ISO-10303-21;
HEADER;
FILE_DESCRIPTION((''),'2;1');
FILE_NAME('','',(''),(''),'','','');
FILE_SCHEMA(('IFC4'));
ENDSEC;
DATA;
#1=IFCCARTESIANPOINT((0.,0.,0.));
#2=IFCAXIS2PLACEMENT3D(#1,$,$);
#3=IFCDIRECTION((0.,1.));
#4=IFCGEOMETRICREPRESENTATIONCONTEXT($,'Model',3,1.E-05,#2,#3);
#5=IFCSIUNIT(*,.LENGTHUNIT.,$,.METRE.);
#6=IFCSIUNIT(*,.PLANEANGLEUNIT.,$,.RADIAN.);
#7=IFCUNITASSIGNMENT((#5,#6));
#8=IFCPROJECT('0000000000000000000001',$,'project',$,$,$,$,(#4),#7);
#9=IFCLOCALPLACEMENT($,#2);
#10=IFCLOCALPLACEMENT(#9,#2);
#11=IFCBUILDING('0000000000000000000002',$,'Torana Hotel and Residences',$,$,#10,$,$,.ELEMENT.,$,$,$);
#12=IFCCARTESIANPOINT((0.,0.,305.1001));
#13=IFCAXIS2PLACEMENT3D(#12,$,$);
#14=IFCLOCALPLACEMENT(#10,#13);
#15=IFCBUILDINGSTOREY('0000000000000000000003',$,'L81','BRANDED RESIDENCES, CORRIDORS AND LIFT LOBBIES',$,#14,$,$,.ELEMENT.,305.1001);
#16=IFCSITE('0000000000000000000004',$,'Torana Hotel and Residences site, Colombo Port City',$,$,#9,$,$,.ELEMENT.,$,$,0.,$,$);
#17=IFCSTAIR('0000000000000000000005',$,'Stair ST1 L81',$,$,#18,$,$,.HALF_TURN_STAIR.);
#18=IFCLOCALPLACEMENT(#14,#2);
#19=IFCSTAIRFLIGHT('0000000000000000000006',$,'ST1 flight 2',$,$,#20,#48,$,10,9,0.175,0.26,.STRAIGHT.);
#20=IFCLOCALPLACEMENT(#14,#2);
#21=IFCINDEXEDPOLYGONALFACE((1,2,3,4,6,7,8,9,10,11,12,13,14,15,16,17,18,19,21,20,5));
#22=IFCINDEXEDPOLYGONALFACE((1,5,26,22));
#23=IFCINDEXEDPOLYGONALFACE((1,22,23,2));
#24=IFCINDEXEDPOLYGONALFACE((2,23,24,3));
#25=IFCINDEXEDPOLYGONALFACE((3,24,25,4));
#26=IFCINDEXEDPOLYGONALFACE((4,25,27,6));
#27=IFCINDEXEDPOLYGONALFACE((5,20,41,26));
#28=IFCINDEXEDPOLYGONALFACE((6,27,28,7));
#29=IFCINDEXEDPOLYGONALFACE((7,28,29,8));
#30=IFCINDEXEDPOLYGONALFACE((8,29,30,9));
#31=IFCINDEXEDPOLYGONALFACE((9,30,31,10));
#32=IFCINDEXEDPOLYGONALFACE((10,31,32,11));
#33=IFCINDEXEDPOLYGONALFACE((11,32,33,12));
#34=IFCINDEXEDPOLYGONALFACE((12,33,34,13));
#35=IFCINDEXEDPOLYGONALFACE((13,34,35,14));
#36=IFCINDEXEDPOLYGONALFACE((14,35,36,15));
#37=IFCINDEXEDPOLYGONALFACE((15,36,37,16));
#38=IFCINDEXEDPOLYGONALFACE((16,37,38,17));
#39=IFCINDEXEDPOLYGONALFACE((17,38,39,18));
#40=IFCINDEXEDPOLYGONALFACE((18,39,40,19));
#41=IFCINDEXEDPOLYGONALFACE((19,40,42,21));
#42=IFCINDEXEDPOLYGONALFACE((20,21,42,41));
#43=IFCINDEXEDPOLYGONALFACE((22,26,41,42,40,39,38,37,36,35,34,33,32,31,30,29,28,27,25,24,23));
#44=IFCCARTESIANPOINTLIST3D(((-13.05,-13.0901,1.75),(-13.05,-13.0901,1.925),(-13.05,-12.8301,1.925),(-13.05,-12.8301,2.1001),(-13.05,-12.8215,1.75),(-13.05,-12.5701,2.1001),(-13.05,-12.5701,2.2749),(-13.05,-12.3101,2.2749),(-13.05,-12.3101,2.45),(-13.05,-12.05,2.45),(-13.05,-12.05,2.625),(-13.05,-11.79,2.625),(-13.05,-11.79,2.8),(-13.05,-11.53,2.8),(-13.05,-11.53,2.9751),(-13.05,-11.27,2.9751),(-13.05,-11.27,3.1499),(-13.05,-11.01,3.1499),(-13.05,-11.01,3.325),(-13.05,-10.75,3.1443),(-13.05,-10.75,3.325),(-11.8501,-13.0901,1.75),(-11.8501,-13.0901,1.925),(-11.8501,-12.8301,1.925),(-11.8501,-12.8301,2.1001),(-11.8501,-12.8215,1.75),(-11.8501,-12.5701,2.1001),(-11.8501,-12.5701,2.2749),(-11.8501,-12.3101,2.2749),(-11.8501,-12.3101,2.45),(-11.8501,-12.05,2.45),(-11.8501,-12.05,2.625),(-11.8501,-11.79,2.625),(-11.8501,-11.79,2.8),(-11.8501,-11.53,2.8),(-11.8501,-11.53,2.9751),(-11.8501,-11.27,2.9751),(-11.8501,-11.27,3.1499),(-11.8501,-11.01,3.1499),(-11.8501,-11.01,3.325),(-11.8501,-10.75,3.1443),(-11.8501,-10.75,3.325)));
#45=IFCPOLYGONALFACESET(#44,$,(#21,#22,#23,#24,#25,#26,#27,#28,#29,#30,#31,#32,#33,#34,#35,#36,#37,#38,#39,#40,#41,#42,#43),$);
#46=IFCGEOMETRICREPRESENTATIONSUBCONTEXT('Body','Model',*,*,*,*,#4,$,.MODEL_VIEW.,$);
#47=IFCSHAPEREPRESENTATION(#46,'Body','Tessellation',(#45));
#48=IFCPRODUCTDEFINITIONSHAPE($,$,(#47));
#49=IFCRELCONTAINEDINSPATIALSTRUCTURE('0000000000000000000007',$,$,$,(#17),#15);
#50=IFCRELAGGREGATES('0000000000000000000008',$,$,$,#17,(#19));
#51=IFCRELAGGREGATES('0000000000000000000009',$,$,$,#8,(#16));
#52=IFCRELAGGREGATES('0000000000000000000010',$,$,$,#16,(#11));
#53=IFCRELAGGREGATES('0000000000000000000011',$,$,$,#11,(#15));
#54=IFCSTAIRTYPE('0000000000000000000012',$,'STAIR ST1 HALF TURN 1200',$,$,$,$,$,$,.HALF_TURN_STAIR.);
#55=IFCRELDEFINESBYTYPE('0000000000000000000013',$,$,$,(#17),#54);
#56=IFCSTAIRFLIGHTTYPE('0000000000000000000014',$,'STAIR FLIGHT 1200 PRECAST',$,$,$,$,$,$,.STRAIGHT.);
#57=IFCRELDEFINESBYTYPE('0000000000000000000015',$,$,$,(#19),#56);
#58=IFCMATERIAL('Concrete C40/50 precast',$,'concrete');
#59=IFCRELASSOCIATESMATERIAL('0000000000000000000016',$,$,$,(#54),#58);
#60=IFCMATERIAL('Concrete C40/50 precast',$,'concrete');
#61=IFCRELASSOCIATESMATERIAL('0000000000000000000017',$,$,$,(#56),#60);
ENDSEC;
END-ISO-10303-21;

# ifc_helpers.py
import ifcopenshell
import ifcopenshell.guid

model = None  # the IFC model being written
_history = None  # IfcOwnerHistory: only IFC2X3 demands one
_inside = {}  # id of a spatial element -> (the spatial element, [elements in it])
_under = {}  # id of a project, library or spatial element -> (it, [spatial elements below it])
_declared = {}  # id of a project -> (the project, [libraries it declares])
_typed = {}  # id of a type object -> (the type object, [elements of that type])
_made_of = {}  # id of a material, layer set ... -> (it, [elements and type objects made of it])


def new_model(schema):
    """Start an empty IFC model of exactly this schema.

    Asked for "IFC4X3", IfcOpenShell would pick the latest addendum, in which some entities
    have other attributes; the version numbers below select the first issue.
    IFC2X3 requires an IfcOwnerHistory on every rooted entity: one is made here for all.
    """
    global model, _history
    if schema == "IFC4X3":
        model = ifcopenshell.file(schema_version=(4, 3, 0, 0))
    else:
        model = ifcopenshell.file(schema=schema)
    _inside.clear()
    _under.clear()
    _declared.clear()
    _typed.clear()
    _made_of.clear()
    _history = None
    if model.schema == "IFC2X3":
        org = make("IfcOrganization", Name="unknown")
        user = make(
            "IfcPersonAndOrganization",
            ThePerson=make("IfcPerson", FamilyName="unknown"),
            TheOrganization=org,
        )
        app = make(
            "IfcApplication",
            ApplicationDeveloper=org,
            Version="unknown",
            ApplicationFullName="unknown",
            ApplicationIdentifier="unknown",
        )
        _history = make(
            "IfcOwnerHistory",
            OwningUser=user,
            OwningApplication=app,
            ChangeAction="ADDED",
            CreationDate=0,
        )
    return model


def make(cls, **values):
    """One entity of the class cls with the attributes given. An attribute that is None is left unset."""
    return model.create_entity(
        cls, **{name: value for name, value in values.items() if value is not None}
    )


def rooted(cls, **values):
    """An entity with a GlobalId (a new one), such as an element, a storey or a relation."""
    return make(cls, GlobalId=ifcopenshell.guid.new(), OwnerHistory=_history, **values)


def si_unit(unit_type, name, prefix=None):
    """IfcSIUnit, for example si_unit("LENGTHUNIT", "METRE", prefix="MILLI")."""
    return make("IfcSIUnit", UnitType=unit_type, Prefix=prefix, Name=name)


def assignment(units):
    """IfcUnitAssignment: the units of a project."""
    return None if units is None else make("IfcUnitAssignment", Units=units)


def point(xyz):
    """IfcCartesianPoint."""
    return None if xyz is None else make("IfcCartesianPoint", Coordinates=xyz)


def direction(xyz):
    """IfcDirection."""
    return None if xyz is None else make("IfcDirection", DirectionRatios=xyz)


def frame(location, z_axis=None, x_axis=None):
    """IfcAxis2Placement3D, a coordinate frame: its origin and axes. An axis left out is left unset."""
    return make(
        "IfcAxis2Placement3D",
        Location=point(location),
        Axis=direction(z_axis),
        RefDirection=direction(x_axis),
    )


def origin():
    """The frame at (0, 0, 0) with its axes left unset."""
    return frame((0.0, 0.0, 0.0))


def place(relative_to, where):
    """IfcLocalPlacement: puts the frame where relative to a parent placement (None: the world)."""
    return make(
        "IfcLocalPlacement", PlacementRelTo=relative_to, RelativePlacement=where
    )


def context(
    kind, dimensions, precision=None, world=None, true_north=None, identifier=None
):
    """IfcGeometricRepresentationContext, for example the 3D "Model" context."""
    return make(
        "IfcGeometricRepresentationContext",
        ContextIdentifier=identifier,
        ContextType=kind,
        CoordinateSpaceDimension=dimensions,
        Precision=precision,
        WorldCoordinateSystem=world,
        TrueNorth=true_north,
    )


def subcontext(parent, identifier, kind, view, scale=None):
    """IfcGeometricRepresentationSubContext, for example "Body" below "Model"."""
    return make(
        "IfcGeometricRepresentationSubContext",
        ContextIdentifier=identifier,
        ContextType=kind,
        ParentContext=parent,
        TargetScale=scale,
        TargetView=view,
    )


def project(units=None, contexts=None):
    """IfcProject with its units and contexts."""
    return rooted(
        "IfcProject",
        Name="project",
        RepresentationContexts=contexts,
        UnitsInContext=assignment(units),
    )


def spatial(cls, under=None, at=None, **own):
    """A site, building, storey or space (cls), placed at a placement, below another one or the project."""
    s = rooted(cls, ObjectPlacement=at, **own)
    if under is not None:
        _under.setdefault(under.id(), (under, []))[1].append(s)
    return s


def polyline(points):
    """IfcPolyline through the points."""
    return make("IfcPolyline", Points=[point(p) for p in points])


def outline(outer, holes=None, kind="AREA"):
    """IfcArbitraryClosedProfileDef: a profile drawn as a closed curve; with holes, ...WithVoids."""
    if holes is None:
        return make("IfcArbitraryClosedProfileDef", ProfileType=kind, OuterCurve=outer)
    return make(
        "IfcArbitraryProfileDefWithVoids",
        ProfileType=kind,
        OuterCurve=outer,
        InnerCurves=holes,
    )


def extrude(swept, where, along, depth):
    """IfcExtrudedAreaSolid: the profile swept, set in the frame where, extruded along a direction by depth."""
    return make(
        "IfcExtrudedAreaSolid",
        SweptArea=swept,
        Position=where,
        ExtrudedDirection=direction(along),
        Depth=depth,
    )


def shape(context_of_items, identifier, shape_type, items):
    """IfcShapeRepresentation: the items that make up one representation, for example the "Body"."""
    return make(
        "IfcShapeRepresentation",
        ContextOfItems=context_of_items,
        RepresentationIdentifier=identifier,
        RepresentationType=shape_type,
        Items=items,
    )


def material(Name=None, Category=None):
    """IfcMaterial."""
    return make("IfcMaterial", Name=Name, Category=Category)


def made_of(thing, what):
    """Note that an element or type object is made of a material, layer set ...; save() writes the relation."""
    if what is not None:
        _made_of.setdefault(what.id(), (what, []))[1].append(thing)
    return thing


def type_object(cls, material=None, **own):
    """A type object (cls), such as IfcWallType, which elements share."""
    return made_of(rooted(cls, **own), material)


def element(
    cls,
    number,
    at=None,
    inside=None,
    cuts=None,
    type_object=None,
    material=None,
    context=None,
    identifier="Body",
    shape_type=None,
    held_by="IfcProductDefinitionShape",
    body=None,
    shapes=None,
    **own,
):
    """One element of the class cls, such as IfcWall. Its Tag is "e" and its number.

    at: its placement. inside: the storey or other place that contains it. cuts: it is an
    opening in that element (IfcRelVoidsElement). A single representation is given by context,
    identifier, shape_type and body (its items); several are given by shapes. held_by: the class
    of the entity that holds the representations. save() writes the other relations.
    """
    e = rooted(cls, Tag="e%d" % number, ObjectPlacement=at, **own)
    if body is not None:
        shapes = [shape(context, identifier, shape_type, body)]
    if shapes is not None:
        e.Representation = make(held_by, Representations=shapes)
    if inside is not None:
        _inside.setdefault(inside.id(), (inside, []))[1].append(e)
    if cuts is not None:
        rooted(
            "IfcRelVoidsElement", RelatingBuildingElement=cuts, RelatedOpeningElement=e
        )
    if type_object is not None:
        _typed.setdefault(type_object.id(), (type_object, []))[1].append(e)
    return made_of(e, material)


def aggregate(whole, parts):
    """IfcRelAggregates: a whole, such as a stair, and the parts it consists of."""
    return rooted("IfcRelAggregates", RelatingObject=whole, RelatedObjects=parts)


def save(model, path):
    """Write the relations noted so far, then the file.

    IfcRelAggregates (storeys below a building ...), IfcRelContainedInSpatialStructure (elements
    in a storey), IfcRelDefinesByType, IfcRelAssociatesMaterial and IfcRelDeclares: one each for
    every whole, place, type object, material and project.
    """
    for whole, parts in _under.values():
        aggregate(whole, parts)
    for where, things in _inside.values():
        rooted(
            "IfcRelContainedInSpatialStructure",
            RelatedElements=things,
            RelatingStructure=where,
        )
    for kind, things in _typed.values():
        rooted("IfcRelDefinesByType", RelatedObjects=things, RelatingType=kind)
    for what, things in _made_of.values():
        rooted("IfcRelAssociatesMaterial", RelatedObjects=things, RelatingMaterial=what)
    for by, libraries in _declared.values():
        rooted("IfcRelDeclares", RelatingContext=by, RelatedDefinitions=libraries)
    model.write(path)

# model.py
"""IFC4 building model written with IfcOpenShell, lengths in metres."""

from ifc_helpers import new_model, si_unit, direction, frame, origin, place, context, subcontext, project, spatial, polyline, outline, extrude, material, type_object, element, aggregate, save


model = new_model("IFC4")

# Units and contexts
model_context = context("Model", 3, precision=1e-05, world=origin(), true_north=direction((0.0, 1.0)))
body_context = subcontext(model_context, "Body", "Model", "MODEL_VIEW")
ifc_project = project(units=[si_unit("LENGTHUNIT", "METRE"), si_unit("PLANEANGLEUNIT", "RADIAN")], contexts=[model_context])

# Site, building, storey
site_placement = place(None, origin())
site = spatial("IfcSite", under=ifc_project, at=site_placement, Name="Torana Hotel and Residences site, Colombo Port City", CompositionType="ELEMENT", RefElevation=0.0)
building_placement = place(site_placement, origin())
building = spatial("IfcBuilding", under=site, at=building_placement, Name="Torana Hotel and Residences", CompositionType="ELEMENT")
storey_placement = place(building_placement, frame((0.0, 0.0, 305.1001)))
storey = spatial("IfcBuildingStorey", under=building, at=storey_placement, Name="L81", Description="BRANDED RESIDENCES, CORRIDORS AND LIFT LOBBIES", CompositionType="ELEMENT", Elevation=305.1001)

# Stair, stair flight
ifc_material_1 = material(Name="Concrete C40/50 precast", Category="concrete")
stair_type = type_object("IfcStairType", Name="STAIR ST1 HALF TURN 1200", PredefinedType="HALF_TURN_STAIR", material=ifc_material_1)
stair_placement = place(storey_placement, origin())
stair = element("IfcStair", 1, at=stair_placement, inside=storey, type_object=stair_type, Name="Stair ST1 L81", PredefinedType="HALF_TURN_STAIR")
ifc_material_2 = material(Name="Concrete C40/50 precast", Category="concrete")
stair_flight_type = type_object("IfcStairFlightType", Name="STAIR FLIGHT 1200 PRECAST", PredefinedType="STRAIGHT", material=ifc_material_2)
stair_flight_placement = place(storey_placement, frame((-12.45, -13.0901, 1.75), z_axis=(0.0, 0.0, 1.0), x_axis=(0.0, 1.0, 0.0)))
stair_flight = element("IfcStairFlight", 2, at=stair_flight_placement, type_object=stair_flight_type, Name="ST1 flight 2", NumberOfRisers=10, NumberOfTreads=9, PredefinedType="STRAIGHT", RiserHeight=0.175, TreadLength=0.26, context=body_context, shape_type="SweptSolid", body=[
    extrude(outline(polyline([(0.0, 0.0), (0.0, 0.175), (0.26, 0.175), (0.26, 0.3501), (0.52, 0.3501), (0.52, 0.5249), (0.78, 0.5249), (0.78, 0.7), (1.04, 0.7), (1.04, 0.875), (1.3, 0.875), (1.3, 1.05), (1.5601, 1.05), (1.5601, 1.2251), (1.8201, 1.2251), (1.8201, 1.3999), (2.0801, 1.3999), (2.0801, 1.575), (2.3401, 1.575), (2.3401, 1.75), (2.3401, 1.3943), (0.2686, 0.0), (0.0, 0.0)])), frame((0.0, 0.6001, 0.0), z_axis=(0.0, -1.0, 0.0), x_axis=(1.0, 0.0, 0.0)), (0.0, 0.0, 1.0), 1.2),
])
aggregate(stair, [stair_flight])

save(model, "model.ifc")
